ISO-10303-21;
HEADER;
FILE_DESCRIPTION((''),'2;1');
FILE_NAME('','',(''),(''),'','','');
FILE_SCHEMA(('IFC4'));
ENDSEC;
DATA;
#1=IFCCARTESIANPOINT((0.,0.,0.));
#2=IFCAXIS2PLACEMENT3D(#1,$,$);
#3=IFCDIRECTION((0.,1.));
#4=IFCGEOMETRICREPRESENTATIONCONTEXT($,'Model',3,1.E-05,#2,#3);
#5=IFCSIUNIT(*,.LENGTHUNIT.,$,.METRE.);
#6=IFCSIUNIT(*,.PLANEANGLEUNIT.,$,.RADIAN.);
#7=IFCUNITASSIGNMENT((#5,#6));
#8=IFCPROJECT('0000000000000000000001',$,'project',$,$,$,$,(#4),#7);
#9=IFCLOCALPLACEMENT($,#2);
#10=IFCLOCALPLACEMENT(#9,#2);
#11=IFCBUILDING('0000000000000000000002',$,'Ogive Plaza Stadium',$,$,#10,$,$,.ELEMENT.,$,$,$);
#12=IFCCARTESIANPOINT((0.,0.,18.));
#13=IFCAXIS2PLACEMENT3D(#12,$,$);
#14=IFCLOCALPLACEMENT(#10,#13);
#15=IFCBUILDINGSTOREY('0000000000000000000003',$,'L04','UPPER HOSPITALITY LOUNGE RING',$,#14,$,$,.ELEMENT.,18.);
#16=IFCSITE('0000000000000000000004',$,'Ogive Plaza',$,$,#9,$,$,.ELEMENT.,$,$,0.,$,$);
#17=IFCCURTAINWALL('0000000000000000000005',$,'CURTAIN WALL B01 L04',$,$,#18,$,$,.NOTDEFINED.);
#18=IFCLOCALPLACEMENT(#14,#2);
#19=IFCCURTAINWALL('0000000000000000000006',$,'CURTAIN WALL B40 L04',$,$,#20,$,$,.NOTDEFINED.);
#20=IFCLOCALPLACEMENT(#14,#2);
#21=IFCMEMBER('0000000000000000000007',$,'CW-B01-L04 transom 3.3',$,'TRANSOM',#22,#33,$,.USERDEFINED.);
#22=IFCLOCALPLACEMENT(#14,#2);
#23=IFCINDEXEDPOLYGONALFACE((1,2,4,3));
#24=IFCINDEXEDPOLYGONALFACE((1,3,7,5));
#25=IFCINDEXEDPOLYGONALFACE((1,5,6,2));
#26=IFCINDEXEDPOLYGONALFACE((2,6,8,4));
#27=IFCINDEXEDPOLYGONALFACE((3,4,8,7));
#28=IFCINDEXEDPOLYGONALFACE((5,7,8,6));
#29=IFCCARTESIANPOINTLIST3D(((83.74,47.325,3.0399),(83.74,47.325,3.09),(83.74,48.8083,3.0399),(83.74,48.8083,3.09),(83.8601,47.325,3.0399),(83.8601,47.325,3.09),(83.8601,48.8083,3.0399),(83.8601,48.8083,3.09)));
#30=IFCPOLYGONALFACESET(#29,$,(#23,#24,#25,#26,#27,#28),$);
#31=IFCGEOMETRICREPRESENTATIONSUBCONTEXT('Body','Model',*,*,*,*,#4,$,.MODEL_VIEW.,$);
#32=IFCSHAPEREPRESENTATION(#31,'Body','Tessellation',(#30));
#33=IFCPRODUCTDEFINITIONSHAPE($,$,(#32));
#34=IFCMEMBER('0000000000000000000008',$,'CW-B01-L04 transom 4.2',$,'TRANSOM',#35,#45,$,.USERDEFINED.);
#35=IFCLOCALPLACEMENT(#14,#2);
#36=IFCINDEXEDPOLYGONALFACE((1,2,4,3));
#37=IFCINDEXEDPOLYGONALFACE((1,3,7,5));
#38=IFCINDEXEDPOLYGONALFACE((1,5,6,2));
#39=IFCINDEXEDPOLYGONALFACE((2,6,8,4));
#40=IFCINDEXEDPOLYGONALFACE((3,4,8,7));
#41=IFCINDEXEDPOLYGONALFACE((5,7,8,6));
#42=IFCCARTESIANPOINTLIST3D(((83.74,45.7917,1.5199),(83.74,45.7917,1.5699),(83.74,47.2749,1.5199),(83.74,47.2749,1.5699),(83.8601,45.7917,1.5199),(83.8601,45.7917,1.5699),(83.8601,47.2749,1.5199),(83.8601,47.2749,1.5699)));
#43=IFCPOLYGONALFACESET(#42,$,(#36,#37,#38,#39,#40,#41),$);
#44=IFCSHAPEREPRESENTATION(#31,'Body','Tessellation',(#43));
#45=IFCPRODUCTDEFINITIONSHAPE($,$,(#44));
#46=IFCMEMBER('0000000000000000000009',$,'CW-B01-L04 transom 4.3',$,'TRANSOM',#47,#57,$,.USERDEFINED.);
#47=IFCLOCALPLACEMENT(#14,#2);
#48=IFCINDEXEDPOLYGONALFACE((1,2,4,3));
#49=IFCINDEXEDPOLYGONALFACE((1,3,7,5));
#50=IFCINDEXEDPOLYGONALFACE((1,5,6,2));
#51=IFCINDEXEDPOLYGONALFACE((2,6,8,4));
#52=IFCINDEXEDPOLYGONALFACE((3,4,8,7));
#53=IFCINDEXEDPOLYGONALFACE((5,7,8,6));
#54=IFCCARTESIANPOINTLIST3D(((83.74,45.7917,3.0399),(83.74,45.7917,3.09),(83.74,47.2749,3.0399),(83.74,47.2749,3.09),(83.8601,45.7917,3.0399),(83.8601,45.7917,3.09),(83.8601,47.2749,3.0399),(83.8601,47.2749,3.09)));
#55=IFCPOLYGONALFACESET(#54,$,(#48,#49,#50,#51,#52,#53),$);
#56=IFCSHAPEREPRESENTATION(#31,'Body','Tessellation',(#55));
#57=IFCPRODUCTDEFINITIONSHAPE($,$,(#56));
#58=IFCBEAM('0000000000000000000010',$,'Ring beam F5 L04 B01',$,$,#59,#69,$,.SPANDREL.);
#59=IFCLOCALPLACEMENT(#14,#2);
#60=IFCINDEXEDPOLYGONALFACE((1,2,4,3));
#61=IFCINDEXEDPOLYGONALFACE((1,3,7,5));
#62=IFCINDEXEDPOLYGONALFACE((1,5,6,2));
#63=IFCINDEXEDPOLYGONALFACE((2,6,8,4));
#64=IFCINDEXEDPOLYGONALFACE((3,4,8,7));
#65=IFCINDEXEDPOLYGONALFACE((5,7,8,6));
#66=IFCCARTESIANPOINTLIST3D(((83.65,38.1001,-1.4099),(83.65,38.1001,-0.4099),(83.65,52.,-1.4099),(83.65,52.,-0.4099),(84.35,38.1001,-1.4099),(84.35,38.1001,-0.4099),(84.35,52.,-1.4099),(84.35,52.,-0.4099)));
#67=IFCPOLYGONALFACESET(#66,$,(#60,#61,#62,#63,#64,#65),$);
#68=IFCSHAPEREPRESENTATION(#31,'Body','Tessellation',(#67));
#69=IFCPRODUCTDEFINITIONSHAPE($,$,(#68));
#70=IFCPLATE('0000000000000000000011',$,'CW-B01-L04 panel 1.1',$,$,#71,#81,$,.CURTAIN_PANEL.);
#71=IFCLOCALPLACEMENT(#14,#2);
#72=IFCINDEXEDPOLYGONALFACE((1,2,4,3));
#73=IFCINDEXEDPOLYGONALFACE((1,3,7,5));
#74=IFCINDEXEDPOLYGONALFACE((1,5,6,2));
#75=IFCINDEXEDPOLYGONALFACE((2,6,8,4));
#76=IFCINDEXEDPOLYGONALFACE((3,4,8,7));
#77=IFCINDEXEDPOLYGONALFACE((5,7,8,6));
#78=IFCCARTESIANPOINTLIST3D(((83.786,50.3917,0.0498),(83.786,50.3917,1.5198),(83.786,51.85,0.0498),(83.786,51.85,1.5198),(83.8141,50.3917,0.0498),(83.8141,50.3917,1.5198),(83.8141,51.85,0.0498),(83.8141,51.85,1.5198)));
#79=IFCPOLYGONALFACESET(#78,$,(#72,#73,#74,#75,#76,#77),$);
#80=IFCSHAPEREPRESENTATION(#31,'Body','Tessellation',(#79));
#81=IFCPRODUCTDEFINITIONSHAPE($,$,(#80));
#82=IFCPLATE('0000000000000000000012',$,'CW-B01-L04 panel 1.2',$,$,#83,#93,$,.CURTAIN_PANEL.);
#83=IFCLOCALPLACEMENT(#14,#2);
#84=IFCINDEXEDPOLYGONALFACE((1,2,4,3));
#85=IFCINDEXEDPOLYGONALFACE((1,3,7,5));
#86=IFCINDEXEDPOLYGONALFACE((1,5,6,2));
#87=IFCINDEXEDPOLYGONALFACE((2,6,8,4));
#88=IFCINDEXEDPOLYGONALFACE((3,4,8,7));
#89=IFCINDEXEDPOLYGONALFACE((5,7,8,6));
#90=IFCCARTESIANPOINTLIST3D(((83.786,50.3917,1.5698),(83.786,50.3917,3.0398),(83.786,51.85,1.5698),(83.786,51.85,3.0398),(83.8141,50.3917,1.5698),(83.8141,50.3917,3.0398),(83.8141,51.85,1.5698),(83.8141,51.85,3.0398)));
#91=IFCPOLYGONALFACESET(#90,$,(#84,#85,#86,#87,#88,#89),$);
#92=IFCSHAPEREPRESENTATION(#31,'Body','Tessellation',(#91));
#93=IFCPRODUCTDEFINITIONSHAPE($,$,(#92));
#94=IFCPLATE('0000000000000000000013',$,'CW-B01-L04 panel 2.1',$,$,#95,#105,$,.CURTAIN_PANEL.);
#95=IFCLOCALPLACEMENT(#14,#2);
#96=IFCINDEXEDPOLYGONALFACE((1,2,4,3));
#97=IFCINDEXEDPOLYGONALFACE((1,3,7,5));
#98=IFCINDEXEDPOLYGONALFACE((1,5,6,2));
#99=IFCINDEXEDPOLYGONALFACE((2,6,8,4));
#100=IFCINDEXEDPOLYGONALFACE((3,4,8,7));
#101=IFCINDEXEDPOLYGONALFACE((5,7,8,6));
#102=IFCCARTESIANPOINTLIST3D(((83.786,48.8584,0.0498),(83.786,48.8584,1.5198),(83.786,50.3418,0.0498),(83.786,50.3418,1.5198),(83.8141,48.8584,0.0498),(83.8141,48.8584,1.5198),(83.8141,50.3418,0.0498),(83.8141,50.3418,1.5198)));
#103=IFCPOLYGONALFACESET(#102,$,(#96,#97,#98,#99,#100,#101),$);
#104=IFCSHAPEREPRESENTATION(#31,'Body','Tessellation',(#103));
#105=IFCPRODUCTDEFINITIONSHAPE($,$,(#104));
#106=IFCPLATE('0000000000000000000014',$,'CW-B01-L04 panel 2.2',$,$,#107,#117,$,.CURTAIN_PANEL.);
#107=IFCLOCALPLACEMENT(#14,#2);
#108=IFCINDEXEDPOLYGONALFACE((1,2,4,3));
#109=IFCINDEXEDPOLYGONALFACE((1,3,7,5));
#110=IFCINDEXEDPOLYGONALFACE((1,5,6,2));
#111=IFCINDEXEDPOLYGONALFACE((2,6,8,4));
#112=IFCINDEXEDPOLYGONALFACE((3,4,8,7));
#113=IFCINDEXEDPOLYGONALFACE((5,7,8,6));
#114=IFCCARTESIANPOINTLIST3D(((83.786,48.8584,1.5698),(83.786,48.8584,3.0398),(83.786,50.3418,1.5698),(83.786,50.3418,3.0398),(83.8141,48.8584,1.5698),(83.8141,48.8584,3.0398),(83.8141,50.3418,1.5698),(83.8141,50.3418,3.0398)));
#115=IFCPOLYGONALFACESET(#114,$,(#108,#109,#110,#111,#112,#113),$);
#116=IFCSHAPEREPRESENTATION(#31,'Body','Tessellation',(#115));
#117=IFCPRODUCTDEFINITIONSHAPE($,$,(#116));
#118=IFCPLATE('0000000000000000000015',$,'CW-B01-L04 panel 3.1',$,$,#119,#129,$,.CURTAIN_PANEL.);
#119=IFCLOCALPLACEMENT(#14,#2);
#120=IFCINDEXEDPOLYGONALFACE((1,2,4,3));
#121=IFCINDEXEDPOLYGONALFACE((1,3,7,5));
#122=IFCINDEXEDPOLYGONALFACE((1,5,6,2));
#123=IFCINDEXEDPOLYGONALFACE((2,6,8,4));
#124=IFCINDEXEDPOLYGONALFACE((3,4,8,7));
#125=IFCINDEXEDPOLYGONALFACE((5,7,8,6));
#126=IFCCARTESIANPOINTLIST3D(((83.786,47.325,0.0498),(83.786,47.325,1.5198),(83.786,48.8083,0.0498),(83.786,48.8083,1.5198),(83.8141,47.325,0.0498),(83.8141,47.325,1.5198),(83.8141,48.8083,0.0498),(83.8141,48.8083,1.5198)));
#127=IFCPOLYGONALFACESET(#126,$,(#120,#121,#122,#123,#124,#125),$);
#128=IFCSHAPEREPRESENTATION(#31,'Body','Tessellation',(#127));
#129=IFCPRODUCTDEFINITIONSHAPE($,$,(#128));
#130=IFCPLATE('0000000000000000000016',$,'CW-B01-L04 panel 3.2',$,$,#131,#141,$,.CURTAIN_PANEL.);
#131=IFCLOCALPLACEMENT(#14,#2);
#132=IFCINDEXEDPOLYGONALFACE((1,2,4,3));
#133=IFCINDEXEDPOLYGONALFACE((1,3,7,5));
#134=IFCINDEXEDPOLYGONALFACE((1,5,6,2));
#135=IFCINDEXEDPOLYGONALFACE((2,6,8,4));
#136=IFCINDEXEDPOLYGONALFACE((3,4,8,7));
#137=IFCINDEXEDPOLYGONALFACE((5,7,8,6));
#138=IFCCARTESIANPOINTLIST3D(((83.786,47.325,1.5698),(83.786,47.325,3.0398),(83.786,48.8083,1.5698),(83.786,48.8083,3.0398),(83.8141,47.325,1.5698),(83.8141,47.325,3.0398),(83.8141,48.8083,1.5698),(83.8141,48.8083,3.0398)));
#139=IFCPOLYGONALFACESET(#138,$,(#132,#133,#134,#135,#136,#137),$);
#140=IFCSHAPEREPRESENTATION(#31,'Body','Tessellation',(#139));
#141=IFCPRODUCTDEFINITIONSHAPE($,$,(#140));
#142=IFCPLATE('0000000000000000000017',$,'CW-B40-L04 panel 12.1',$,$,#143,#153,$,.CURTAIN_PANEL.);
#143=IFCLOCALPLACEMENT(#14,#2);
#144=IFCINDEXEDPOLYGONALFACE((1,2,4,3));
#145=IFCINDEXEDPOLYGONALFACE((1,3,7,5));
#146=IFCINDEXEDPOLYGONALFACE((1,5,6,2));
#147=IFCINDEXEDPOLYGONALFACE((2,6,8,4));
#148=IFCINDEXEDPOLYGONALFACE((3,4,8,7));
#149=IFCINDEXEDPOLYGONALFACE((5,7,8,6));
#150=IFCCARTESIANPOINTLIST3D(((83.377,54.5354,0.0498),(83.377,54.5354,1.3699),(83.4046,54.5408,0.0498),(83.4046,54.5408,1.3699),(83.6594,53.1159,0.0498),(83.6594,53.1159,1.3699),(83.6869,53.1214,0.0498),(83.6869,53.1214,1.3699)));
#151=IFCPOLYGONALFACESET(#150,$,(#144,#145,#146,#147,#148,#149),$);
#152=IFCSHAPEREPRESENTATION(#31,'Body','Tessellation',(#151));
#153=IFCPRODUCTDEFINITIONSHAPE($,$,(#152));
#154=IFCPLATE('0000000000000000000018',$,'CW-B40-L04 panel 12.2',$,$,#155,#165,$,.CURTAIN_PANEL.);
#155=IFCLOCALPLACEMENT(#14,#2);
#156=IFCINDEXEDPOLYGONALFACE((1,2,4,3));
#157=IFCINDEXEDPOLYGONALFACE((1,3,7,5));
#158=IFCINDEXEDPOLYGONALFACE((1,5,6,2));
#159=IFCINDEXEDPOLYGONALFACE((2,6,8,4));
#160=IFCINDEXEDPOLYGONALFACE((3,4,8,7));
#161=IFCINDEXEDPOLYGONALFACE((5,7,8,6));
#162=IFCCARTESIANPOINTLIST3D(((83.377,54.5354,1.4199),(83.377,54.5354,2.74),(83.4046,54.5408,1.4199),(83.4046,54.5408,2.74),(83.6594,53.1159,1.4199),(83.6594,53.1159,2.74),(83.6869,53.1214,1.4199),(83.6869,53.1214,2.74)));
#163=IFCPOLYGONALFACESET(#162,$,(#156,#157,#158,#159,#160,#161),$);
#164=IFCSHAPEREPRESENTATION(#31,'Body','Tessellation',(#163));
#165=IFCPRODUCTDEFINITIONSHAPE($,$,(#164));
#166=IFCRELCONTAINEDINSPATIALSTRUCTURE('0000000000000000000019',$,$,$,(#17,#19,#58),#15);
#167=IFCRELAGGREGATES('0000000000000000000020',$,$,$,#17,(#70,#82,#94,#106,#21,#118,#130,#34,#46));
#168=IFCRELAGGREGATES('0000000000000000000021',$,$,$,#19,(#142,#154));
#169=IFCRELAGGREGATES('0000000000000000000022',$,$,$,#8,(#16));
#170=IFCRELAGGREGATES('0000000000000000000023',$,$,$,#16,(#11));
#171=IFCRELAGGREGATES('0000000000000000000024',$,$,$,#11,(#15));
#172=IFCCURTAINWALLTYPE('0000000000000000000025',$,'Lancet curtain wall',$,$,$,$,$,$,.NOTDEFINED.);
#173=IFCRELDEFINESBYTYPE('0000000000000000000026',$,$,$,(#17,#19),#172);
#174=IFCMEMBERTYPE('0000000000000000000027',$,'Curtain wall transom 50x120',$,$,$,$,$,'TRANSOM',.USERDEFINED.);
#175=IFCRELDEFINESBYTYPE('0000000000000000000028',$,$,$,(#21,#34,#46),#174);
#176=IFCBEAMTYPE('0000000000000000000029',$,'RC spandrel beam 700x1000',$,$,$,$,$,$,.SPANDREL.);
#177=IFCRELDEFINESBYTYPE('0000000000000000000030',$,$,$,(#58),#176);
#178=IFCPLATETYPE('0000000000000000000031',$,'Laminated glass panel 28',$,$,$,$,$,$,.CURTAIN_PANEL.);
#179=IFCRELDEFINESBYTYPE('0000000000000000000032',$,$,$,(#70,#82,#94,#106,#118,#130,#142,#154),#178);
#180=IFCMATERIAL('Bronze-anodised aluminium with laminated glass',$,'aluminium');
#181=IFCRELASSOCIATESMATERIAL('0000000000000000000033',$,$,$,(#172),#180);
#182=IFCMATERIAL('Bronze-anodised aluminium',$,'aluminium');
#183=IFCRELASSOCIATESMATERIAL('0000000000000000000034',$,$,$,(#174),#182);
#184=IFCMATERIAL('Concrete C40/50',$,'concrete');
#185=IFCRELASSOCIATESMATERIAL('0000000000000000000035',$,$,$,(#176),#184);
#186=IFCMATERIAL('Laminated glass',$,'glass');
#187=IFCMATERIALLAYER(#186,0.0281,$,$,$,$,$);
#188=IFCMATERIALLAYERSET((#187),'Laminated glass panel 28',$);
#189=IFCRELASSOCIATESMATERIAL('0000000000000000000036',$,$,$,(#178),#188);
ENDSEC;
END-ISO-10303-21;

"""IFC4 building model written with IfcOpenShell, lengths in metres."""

from ifc_helpers import new_model, si_unit, direction, frame, origin, origin_2d, place, context, subcontext, project, spatial, rectangle, extrude, material, layer, layer_set, material_profile, profile_set, type_object, element, aggregate, save


model = new_model("IFC4")

# Units and contexts
model_context = context("Model", 3, precision=1e-05, world=origin(), true_north=direction((0.0, 1.0)))
body_context = subcontext(model_context, "Body", "Model", "MODEL_VIEW")
ifc_project = project(units=[si_unit("LENGTHUNIT", "METRE"), si_unit("PLANEANGLEUNIT", "RADIAN")], contexts=[model_context])

# Site, building, storey
site_placement = place(None, origin())
site = spatial("IfcSite", under=ifc_project, at=site_placement, Name="Ogive Plaza", CompositionType="ELEMENT", RefElevation=0.0)
building_placement = place(site_placement, origin())
building = spatial("IfcBuilding", under=site, at=building_placement, Name="Ogive Plaza Stadium", CompositionType="ELEMENT")
storey_placement = place(building_placement, frame((0.0, 0.0, 18.0)))
storey = spatial("IfcBuildingStorey", under=building, at=storey_placement, Name="L04", Description="UPPER HOSPITALITY LOUNGE RING", CompositionType="ELEMENT", Elevation=18.0)

# Curtain wall
ifc_material_1 = material(Name="Bronze-anodised aluminium with laminated glass", Category="aluminium")
curtain_wall_type = type_object("IfcCurtainWallType", Name="Lancet curtain wall", PredefinedType="NOTDEFINED", material=ifc_material_1)
curtain_wall_1_placement = place(storey_placement, origin())
curtain_wall_1 = element("IfcCurtainWall", 1, at=curtain_wall_1_placement, inside=storey, type_object=curtain_wall_type, Name="CURTAIN WALL B01 L04", PredefinedType="NOTDEFINED")

# Curtain wall
curtain_wall_2_placement = place(storey_placement, origin())
curtain_wall_2 = element("IfcCurtainWall", 2, at=curtain_wall_2_placement, inside=storey, type_object=curtain_wall_type, Name="CURTAIN WALL B40 L04", PredefinedType="NOTDEFINED")

# Members
ifc_material_2 = material(Name="Bronze-anodised aluminium", Category="aluminium")
ifc_material_profile_1 = material_profile(ifc_material_2, rectangle(XDim=0.1201, YDim=0.05, at=origin_2d()), Name="AL 120x50")
ifc_profile_set_1 = profile_set([ifc_material_profile_1], Name="Bronze-anodised aluminium")
member_type_1 = type_object("IfcMemberType", Name="Curtain wall transom 50x120", ElementType="TRANSOM", PredefinedType="USERDEFINED", material=ifc_profile_set_1)
member_1_placement = place(storey_placement, frame((83.8, 48.8083, 3.0649), z_axis=(0.0, -1.0, 0.0), x_axis=(1.0, 0.0, 0.0)))
member_1 = element("IfcMember", 3, at=member_1_placement, type_object=member_type_1, Name="CW-B01-L04 transom 3.3", ObjectType="TRANSOM", PredefinedType="USERDEFINED", context=body_context, shape_type="SweptSolid", body=[
    extrude(rectangle(XDim=0.1201, YDim=0.05, at=origin_2d()), origin(), (0.0, 0.0, 1.0), 1.4834),
])
member_2_placement = place(storey_placement, frame((83.8, 47.2749, 1.5449), z_axis=(0.0, -1.0, 0.0), x_axis=(1.0, 0.0, 0.0)))
member_2 = element("IfcMember", 4, at=member_2_placement, type_object=member_type_1, Name="CW-B01-L04 transom 4.2", ObjectType="TRANSOM", PredefinedType="USERDEFINED", context=body_context, shape_type="SweptSolid", body=[
    extrude(rectangle(XDim=0.1201, YDim=0.05, at=origin_2d()), origin(), (0.0, 0.0, 1.0), 1.4832),
])
member_3_placement = place(storey_placement, frame((83.8, 47.2749, 3.0649), z_axis=(0.0, -1.0, 0.0), x_axis=(1.0, 0.0, 0.0)))
member_3 = element("IfcMember", 5, at=member_3_placement, type_object=member_type_1, Name="CW-B01-L04 transom 4.3", ObjectType="TRANSOM", PredefinedType="USERDEFINED", context=body_context, shape_type="SweptSolid", body=[
    extrude(rectangle(XDim=0.1201, YDim=0.05, at=origin_2d()), origin(), (0.0, 0.0, 1.0), 1.4832),
])

# Beam
ifc_material_3 = material(Name="Concrete C40/50", Category="concrete")
ifc_material_profile_2 = material_profile(ifc_material_3, rectangle(XDim=0.7, YDim=1.0, at=origin_2d()), Name="RC 700x1000")
ifc_profile_set_2 = profile_set([ifc_material_profile_2], Name="Concrete C40/50")
beam_type = type_object("IfcBeamType", Name="RC spandrel beam 700x1000", PredefinedType="SPANDREL", material=ifc_profile_set_2)
beam_placement = place(storey_placement, frame((84.0, 52.0, -0.9099), z_axis=(0.0, -1.0, 0.0), x_axis=(1.0, 0.0, 0.0)))
element("IfcBeam", 6, at=beam_placement, inside=storey, type_object=beam_type, Name="Ring beam F5 L04 B01", PredefinedType="SPANDREL", context=body_context, shape_type="SweptSolid", body=[
    extrude(rectangle(XDim=0.7, YDim=1.0, at=origin_2d()), origin(), (0.0, 0.0, 1.0), 13.8999),
])

# Plates
ifc_material_4 = material(Name="Laminated glass", Category="glass")
ifc_layer = layer(ifc_material_4, 0.0281)
ifc_layer_set = layer_set([ifc_layer], Name="Laminated glass panel 28")
plate_type = type_object("IfcPlateType", Name="Laminated glass panel 28", PredefinedType="CURTAIN_PANEL", material=ifc_layer_set)
plate_1_placement = place(storey_placement, frame((83.8, 51.1208, 0.0498), z_axis=(0.0, 0.0, 1.0), x_axis=(0.0, -1.0, 0.0)))
plate_1 = element("IfcPlate", 7, at=plate_1_placement, type_object=plate_type, Name="CW-B01-L04 panel 1.1", PredefinedType="CURTAIN_PANEL", context=body_context, shape_type="SweptSolid", body=[
    extrude(rectangle(XDim=1.4583, YDim=0.0281, at=origin_2d()), origin(), (0.0, 0.0, 1.0), 1.47),
])
plate_2_placement = place(storey_placement, frame((83.8, 51.1208, 1.5698), z_axis=(0.0, 0.0, 1.0), x_axis=(0.0, -1.0, 0.0)))
plate_2 = element("IfcPlate", 8, at=plate_2_placement, type_object=plate_type, Name="CW-B01-L04 panel 1.2", PredefinedType="CURTAIN_PANEL", context=body_context, shape_type="SweptSolid", body=[
    extrude(rectangle(XDim=1.4583, YDim=0.0281, at=origin_2d()), origin(), (0.0, 0.0, 1.0), 1.47),
])
plate_3_placement = place(storey_placement, frame((83.8, 49.6001, 0.0498), z_axis=(0.0, 0.0, 1.0), x_axis=(0.0, -1.0, 0.0)))
plate_3 = element("IfcPlate", 9, at=plate_3_placement, type_object=plate_type, Name="CW-B01-L04 panel 2.1", PredefinedType="CURTAIN_PANEL", context=body_context, shape_type="SweptSolid", body=[
    extrude(rectangle(XDim=1.4834, YDim=0.0281, at=origin_2d()), origin(), (0.0, 0.0, 1.0), 1.47),
])
plate_4_placement = place(storey_placement, frame((83.8, 49.6001, 1.5698), z_axis=(0.0, 0.0, 1.0), x_axis=(0.0, -1.0, 0.0)))
plate_4 = element("IfcPlate", 10, at=plate_4_placement, type_object=plate_type, Name="CW-B01-L04 panel 2.2", PredefinedType="CURTAIN_PANEL", context=body_context, shape_type="SweptSolid", body=[
    extrude(rectangle(XDim=1.4834, YDim=0.0281, at=origin_2d()), origin(), (0.0, 0.0, 1.0), 1.47),
])
plate_5_placement = place(storey_placement, frame((83.8, 48.0667, 0.0498), z_axis=(0.0, 0.0, 1.0), x_axis=(0.0, -1.0, 0.0)))
plate_5 = element("IfcPlate", 11, at=plate_5_placement, type_object=plate_type, Name="CW-B01-L04 panel 3.1", PredefinedType="CURTAIN_PANEL", context=body_context, shape_type="SweptSolid", body=[
    extrude(rectangle(XDim=1.4834, YDim=0.0281, at=origin_2d()), origin(), (0.0, 0.0, 1.0), 1.47),
])
plate_6_placement = place(storey_placement, frame((83.8, 48.0667, 1.5698), z_axis=(0.0, 0.0, 1.0), x_axis=(0.0, -1.0, 0.0)))
plate_6 = element("IfcPlate", 12, at=plate_6_placement, type_object=plate_type, Name="CW-B01-L04 panel 3.2", PredefinedType="CURTAIN_PANEL", context=body_context, shape_type="SweptSolid", body=[
    extrude(rectangle(XDim=1.4834, YDim=0.0281, at=origin_2d()), origin(), (0.0, 0.0, 1.0), 1.47),
])
aggregate(curtain_wall_1, [plate_1, plate_2, plate_3, plate_4, member_1, plate_5, plate_6, member_2, member_3])
plate_7_placement = place(storey_placement, frame((83.532, 53.8284, 0.0498), z_axis=(0.0, 0.0, 1.0), x_axis=(0.19509, -0.980785, 0.0)))
plate_7 = element("IfcPlate", 13, at=plate_7_placement, type_object=plate_type, Name="CW-B40-L04 panel 12.1", PredefinedType="CURTAIN_PANEL", context=body_context, shape_type="SweptSolid", body=[
    extrude(rectangle(XDim=1.4473, YDim=0.0281, at=origin_2d()), origin(), (0.0, 0.0, 1.0), 1.3201),
])
plate_8_placement = place(storey_placement, frame((83.532, 53.8284, 1.4199), z_axis=(0.0, 0.0, 1.0), x_axis=(0.19509, -0.980785, 0.0)))
plate_8 = element("IfcPlate", 14, at=plate_8_placement, type_object=plate_type, Name="CW-B40-L04 panel 12.2", PredefinedType="CURTAIN_PANEL", context=body_context, shape_type="SweptSolid", body=[
    extrude(rectangle(XDim=1.4473, YDim=0.0281, at=origin_2d()), origin(), (0.0, 0.0, 1.0), 1.3201),
])
aggregate(curtain_wall_2, [plate_7, plate_8])

save(model, "model.ifc")
